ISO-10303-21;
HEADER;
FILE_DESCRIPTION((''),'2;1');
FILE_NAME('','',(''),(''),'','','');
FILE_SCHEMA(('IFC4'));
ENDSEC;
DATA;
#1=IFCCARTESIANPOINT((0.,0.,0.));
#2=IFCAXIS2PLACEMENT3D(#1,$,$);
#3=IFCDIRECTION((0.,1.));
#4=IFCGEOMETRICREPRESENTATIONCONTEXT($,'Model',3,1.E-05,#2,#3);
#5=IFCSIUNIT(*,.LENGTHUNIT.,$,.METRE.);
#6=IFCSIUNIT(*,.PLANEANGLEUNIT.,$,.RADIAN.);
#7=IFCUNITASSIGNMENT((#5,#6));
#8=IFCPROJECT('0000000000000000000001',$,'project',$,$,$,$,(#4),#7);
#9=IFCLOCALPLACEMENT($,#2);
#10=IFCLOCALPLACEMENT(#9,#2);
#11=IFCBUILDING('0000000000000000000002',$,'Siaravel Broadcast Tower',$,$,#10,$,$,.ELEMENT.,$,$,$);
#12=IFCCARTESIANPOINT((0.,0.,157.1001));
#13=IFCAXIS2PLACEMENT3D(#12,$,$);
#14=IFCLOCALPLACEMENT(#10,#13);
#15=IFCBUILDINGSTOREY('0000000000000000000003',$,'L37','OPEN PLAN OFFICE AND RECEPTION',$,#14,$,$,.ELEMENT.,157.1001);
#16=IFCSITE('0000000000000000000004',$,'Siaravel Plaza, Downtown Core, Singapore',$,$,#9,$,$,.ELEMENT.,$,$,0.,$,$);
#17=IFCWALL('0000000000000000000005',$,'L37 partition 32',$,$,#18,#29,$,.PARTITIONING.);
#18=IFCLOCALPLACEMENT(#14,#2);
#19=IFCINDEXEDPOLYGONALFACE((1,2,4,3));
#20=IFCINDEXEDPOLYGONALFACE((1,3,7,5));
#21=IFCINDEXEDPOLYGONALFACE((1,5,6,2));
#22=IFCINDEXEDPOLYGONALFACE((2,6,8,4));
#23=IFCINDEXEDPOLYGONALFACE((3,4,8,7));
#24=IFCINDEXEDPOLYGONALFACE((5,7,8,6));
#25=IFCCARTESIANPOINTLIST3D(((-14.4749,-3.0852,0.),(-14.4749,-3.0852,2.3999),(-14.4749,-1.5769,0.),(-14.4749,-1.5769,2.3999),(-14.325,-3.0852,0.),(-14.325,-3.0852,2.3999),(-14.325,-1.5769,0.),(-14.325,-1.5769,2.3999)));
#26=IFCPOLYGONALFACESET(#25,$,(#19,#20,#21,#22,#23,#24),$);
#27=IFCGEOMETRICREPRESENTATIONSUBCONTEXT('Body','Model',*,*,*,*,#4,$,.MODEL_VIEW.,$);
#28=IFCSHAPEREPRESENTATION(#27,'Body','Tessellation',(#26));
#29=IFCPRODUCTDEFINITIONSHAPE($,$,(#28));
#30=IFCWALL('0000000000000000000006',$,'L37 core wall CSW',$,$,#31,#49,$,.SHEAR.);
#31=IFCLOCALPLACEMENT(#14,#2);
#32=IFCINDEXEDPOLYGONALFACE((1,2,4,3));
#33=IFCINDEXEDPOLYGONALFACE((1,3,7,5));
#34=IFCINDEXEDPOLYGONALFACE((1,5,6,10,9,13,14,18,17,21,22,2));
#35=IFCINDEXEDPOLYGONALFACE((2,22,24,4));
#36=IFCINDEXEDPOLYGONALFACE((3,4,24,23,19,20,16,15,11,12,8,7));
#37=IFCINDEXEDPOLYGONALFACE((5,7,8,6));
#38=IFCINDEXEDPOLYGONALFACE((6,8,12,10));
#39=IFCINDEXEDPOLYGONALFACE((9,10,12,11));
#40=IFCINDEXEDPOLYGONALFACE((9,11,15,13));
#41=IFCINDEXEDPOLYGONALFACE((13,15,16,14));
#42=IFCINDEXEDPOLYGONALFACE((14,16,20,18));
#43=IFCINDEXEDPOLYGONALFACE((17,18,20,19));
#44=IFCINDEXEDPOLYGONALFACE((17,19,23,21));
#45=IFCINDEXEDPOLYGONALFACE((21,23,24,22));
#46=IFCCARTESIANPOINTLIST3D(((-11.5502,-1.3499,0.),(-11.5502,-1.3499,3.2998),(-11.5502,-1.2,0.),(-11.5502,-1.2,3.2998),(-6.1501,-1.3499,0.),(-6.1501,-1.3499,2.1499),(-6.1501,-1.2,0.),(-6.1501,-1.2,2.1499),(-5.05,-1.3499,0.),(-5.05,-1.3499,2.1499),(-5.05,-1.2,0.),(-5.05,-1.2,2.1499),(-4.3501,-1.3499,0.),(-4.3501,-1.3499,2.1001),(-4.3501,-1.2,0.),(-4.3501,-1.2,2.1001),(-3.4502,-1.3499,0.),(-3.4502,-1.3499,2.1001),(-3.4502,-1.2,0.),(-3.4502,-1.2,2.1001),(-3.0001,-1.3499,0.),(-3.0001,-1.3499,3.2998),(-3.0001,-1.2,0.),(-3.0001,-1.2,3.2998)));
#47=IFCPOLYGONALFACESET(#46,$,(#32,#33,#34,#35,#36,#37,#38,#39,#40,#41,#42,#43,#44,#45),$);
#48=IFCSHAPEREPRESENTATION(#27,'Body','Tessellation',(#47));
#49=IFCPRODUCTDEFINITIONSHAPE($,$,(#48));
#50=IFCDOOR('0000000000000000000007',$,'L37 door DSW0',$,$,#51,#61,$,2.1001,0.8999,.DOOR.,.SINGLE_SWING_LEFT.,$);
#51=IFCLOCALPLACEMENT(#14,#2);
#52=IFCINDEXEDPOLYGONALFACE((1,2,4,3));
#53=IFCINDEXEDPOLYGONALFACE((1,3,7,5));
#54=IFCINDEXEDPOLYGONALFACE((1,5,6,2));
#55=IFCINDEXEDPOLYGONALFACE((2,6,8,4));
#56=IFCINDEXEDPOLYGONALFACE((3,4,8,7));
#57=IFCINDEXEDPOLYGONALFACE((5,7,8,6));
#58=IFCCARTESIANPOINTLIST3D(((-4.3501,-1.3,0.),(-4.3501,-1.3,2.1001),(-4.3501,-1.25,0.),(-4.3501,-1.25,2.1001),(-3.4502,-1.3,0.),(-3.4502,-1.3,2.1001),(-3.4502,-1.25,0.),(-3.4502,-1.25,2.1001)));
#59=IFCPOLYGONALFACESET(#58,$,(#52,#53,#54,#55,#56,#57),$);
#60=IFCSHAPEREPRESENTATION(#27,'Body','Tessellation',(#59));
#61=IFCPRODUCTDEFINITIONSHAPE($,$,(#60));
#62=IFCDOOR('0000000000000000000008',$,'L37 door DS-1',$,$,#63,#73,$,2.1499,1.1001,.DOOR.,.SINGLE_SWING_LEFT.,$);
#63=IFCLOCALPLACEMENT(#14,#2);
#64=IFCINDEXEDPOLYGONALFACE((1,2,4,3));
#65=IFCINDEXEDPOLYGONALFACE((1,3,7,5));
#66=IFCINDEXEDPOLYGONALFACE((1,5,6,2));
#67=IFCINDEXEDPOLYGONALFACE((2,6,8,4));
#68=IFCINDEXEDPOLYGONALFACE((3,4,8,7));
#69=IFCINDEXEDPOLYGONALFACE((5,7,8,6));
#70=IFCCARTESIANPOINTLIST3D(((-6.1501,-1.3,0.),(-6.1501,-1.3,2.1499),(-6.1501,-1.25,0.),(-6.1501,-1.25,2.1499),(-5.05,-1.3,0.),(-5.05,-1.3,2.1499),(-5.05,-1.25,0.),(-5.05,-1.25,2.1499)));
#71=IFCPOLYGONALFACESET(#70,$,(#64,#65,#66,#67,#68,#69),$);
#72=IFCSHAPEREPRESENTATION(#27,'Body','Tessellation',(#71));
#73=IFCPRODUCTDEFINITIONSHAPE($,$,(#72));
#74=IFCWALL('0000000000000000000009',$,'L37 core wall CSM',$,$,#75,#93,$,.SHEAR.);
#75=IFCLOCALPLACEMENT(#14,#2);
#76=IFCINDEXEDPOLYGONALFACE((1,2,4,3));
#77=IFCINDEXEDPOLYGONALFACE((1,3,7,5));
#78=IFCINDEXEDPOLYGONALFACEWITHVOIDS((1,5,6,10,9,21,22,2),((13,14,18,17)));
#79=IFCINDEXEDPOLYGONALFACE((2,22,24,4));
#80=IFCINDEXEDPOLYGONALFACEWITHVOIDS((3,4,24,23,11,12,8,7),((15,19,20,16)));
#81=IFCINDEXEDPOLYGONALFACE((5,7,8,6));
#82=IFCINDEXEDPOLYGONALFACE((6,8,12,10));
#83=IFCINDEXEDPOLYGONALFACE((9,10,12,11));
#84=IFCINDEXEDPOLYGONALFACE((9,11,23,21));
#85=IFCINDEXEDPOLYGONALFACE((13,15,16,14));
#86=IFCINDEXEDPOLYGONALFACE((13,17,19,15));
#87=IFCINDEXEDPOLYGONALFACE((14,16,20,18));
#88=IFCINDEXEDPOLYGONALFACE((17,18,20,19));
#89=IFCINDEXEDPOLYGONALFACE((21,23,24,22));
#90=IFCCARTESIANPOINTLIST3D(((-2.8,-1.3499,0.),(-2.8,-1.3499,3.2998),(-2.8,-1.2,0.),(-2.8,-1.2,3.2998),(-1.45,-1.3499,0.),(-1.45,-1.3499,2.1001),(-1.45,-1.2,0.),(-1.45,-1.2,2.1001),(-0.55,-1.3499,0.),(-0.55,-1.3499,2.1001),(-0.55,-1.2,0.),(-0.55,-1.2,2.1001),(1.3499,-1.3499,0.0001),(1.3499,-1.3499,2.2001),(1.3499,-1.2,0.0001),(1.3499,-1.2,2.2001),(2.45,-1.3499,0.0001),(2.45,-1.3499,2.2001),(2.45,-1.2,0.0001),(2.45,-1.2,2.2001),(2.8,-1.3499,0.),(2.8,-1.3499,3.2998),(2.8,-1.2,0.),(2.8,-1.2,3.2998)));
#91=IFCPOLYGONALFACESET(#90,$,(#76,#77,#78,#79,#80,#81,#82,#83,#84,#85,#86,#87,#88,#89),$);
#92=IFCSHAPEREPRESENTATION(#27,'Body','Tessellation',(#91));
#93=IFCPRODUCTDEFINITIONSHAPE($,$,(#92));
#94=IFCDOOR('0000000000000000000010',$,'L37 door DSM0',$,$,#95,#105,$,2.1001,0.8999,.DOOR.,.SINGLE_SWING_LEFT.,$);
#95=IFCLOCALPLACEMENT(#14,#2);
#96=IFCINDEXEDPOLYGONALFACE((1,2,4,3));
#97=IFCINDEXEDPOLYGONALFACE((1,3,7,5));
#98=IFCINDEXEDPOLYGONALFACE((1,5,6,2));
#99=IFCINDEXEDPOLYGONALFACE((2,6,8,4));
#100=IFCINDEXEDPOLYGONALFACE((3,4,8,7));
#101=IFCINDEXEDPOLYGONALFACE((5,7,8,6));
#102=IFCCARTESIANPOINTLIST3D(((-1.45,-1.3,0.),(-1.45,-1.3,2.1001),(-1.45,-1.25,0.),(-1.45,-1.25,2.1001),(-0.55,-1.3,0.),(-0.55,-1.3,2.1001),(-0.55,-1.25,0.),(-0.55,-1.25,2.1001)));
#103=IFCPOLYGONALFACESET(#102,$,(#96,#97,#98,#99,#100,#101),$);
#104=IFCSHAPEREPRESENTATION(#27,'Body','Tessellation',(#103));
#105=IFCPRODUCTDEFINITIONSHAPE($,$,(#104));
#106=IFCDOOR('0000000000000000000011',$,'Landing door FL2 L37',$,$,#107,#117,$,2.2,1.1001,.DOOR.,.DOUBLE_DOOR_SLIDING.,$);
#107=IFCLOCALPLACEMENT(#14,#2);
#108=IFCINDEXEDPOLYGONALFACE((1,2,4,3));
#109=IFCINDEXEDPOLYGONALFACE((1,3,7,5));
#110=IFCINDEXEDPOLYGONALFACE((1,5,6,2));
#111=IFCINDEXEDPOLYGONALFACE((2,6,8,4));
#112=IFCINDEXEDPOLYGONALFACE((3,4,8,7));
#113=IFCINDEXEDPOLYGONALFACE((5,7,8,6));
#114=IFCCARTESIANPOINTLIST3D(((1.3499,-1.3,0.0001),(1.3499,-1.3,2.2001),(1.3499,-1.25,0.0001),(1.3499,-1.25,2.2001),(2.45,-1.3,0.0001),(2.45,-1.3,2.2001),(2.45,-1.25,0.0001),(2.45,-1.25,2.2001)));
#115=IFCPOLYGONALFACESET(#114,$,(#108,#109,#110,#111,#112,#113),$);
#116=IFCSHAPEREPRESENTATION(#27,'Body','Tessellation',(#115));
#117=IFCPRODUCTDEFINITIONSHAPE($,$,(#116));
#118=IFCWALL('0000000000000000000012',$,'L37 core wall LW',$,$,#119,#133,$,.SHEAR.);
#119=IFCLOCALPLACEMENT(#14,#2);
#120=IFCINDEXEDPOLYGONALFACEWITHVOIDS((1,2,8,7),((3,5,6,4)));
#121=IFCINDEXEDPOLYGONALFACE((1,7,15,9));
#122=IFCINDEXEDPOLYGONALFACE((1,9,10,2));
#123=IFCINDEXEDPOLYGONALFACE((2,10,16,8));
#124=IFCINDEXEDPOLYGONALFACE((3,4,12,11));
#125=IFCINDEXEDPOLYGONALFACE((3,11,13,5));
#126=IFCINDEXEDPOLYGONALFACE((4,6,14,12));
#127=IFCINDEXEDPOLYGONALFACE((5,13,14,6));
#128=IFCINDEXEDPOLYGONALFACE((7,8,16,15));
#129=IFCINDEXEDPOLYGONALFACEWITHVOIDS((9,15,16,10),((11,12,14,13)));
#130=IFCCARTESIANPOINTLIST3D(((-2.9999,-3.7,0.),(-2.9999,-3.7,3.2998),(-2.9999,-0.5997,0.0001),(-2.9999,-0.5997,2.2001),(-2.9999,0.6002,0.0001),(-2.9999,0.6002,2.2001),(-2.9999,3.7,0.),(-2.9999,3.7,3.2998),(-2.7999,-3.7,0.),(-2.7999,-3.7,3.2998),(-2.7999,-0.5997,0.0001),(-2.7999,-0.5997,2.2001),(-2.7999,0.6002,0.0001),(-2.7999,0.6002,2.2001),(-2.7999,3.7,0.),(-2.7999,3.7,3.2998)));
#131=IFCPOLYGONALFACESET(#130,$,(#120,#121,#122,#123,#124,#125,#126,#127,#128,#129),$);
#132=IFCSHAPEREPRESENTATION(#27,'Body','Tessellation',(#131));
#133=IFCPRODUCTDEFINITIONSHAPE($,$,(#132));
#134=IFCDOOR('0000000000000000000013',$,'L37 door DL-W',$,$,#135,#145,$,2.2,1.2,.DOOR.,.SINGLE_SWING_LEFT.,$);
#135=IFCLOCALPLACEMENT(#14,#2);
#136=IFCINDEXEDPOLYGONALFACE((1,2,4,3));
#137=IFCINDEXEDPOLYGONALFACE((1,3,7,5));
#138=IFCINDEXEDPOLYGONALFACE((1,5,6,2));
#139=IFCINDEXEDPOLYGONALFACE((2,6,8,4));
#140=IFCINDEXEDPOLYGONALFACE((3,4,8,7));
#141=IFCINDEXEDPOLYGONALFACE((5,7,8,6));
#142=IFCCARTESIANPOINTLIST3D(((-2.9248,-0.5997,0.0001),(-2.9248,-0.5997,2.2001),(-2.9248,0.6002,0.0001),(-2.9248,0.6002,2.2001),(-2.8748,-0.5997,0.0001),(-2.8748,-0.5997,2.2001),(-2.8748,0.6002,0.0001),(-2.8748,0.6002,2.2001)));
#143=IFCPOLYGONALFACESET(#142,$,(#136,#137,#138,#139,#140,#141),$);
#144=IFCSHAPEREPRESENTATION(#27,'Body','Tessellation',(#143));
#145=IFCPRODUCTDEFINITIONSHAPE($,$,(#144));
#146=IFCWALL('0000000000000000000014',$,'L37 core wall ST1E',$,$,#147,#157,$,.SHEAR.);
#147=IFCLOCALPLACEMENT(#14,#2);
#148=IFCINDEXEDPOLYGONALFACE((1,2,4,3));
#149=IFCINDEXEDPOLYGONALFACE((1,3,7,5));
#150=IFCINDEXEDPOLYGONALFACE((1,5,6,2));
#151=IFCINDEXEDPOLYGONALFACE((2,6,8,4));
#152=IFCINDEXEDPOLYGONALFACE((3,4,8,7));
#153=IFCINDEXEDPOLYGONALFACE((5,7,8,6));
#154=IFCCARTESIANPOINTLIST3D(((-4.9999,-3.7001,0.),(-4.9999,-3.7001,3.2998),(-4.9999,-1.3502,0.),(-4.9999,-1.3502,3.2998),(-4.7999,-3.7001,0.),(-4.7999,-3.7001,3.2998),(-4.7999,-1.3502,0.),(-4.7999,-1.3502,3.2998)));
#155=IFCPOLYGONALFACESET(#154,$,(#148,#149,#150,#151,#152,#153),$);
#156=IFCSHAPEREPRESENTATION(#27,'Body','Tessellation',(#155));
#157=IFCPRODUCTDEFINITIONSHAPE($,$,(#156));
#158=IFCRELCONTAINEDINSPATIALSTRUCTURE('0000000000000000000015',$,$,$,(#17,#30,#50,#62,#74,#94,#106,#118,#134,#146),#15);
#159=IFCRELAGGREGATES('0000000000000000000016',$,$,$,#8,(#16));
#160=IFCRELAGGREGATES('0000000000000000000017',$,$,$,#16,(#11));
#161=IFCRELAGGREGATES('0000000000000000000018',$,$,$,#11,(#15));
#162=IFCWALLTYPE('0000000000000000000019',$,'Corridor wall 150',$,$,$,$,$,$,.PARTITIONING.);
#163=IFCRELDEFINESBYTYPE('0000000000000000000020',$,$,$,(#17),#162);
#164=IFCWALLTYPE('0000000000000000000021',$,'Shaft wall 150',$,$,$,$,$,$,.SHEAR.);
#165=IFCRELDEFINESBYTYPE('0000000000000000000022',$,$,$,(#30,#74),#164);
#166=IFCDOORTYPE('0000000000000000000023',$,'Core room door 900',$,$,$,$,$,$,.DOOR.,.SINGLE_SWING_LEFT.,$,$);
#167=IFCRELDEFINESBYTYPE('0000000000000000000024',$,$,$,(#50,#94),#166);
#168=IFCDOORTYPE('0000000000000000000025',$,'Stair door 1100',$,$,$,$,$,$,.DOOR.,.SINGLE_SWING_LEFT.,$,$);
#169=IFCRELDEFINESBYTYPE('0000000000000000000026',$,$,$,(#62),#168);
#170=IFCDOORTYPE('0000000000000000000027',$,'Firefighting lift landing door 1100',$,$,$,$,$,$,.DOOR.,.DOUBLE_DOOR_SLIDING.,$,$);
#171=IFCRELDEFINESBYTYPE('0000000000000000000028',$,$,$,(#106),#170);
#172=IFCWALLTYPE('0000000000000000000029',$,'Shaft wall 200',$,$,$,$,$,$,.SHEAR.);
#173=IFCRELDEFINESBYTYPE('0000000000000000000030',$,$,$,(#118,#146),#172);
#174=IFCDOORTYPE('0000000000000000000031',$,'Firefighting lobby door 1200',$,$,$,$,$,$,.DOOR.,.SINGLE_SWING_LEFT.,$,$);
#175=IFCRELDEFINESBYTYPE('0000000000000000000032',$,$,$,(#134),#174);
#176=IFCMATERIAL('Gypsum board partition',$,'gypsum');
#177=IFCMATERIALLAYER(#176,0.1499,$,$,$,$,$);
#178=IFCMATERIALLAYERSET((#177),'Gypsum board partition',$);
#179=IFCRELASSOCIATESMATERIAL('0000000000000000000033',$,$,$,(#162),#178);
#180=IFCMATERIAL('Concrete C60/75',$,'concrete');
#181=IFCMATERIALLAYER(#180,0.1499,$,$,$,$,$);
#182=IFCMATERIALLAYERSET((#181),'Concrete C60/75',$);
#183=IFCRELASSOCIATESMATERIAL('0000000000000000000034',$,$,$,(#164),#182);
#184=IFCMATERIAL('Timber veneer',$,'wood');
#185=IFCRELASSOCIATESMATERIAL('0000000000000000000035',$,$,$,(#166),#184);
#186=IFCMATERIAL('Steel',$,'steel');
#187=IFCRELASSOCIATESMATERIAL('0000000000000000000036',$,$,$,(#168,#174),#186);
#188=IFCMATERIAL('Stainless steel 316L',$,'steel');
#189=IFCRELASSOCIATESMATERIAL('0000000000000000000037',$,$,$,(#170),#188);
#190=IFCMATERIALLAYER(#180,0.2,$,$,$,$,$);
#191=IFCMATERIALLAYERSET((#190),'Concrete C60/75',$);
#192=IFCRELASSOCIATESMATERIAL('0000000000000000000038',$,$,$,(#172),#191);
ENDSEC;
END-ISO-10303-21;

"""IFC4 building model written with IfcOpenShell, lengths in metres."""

from ifc_helpers import new_model, si_unit, direction, frame, frame_2d, origin, place, context, subcontext, project, spatial, rectangle, extrude, material, layer, layer_set, type_object, element, fill, save


model = new_model("IFC4")

# Units and contexts
model_context = context("Model", 3, precision=1e-05, world=origin(), true_north=direction((0.0, 1.0)))
body_context = subcontext(model_context, "Body", "Model", "MODEL_VIEW")
ifc_project = project(units=[si_unit("LENGTHUNIT", "METRE"), si_unit("PLANEANGLEUNIT", "RADIAN")], contexts=[model_context])

# Site, building, storey
site_placement = place(None, origin())
site = spatial("IfcSite", under=ifc_project, at=site_placement, Name="Siaravel Plaza, Downtown Core, Singapore", CompositionType="ELEMENT", RefElevation=0.0)
building_placement = place(site_placement, origin())
building = spatial("IfcBuilding", under=site, at=building_placement, Name="Siaravel Broadcast Tower", CompositionType="ELEMENT")
storey_placement = place(building_placement, frame((0.0, 0.0, 157.1001)))
storey = spatial("IfcBuildingStorey", under=building, at=storey_placement, Name="L37", Description="OPEN PLAN OFFICE AND RECEPTION", CompositionType="ELEMENT", Elevation=157.1001)

# Wall
ifc_material_1 = material(Name="Gypsum board partition", Category="gypsum")
ifc_layer_1 = layer(ifc_material_1, 0.1499)
ifc_layer_set_1 = layer_set([ifc_layer_1], Name="Gypsum board partition")
wall_type_1 = type_object("IfcWallType", Name="Corridor wall 150", PredefinedType="PARTITIONING", material=ifc_layer_set_1)
wall_1_placement = place(storey_placement, frame((-14.3999, -1.5769, 0.0), z_axis=(0.0, 0.0, 1.0), x_axis=(0.0, -1.0, 0.0)))
element("IfcWall", 1, at=wall_1_placement, inside=storey, type_object=wall_type_1, Name="L37 partition 32", PredefinedType="PARTITIONING", context=body_context, shape_type="SweptSolid", body=[
    extrude(rectangle(XDim=1.5083, YDim=0.1499, at=frame_2d((0.7542, 0.0))), origin(), (0.0, 0.0, 1.0), 2.3999),
])

# Walls, openings, doors
ifc_material_2 = material(Name="Concrete C60/75", Category="concrete")
ifc_layer_2 = layer(ifc_material_2, 0.1499)
ifc_layer_set_2 = layer_set([ifc_layer_2], Name="Concrete C60/75")
wall_type_2 = type_object("IfcWallType", Name="Shaft wall 150", PredefinedType="SHEAR", material=ifc_layer_set_2)
wall_2_placement = place(storey_placement, frame((-11.55, -1.2749, 0.0), z_axis=(0.0, 0.0, 1.0), x_axis=(1.0, 0.0, 0.0)))
wall_2 = element("IfcWall", 2, at=wall_2_placement, inside=storey, type_object=wall_type_2, Name="L37 core wall CSW", PredefinedType="SHEAR", context=body_context, shape_type="SweptSolid", body=[
    extrude(rectangle(XDim=8.55, YDim=0.1499, at=frame_2d((4.2749, 0.0))), origin(), (0.0, 0.0, 1.0), 3.2998),
])
opening_1_placement = place(wall_2_placement, frame((5.3999, 0.0, 0.0)))
opening_1 = element("IfcOpeningElement", 3, at=opening_1_placement, cuts=wall_2, PredefinedType="OPENING", context=body_context, shape_type="SweptSolid", body=[
    extrude(rectangle(XDim=1.1001, YDim=2.1499, at=frame_2d((0.55, 1.075))), frame((0.0, 0.085, 0.0), z_axis=(0.0, -1.0, 0.0), x_axis=(1.0, 0.0, 0.0)), (0.0, 0.0, 1.0), 0.1699),
])
opening_2_placement = place(wall_2_placement, frame((7.2, 0.0, 0.0)))
opening_2 = element("IfcOpeningElement", 4, at=opening_2_placement, cuts=wall_2, PredefinedType="OPENING", context=body_context, shape_type="SweptSolid", body=[
    extrude(rectangle(XDim=0.8999, YDim=2.1001, at=frame_2d((0.45, 1.05))), frame((0.0, 0.085, 0.0), z_axis=(0.0, -1.0, 0.0), x_axis=(1.0, 0.0, 0.0)), (0.0, 0.0, 1.0), 0.1699),
])
ifc_material_3 = material(Name="Timber veneer", Category="wood")
door_type_1 = type_object("IfcDoorType", Name="Core room door 900", OperationType="SINGLE_SWING_LEFT", PredefinedType="DOOR", material=ifc_material_3)
door_1_placement = place(opening_2_placement, origin())
door_1 = element("IfcDoor", 5, at=door_1_placement, inside=storey, type_object=door_type_1, Name="L37 door DSW0", OperationType="SINGLE_SWING_LEFT", OverallHeight=2.1001, OverallWidth=0.8999, PredefinedType="DOOR", context=body_context, shape_type="SweptSolid", body=[
    extrude(rectangle(XDim=0.8999, YDim=2.1001, at=frame_2d((0.45, 1.05))), frame((0.0, 0.0249, 0.0), z_axis=(0.0, -1.0, 0.0), x_axis=(1.0, 0.0, 0.0)), (0.0, 0.0, 1.0), 0.05),
])
fill(opening_2, door_1)
ifc_material_4 = material(Name="Steel", Category="steel")
door_type_2 = type_object("IfcDoorType", Name="Stair door 1100", OperationType="SINGLE_SWING_LEFT", PredefinedType="DOOR", material=ifc_material_4)
door_2_placement = place(opening_1_placement, origin())
door_2 = element("IfcDoor", 6, at=door_2_placement, inside=storey, type_object=door_type_2, Name="L37 door DS-1", OperationType="SINGLE_SWING_LEFT", OverallHeight=2.1499, OverallWidth=1.1001, PredefinedType="DOOR", context=body_context, shape_type="SweptSolid", body=[
    extrude(rectangle(XDim=1.1001, YDim=2.1499, at=frame_2d((0.55, 1.075))), frame((0.0, 0.0249, 0.0), z_axis=(0.0, -1.0, 0.0), x_axis=(1.0, 0.0, 0.0)), (0.0, 0.0, 1.0), 0.05),
])
fill(opening_1, door_2)
wall_3_placement = place(storey_placement, frame((-2.8, -1.2749, 0.0), z_axis=(0.0, 0.0, 1.0), x_axis=(1.0, 0.0, 0.0)))
wall_3 = element("IfcWall", 7, at=wall_3_placement, inside=storey, type_object=wall_type_2, Name="L37 core wall CSM", PredefinedType="SHEAR", context=body_context, shape_type="SweptSolid", body=[
    extrude(rectangle(XDim=5.6001, YDim=0.1499, at=frame_2d((2.8, 0.0))), origin(), (0.0, 0.0, 1.0), 3.2998),
])
opening_3_placement = place(wall_3_placement, frame((4.1499, 0.0, 0.0)))
opening_3 = element("IfcOpeningElement", 8, at=opening_3_placement, cuts=wall_3, PredefinedType="OPENING", context=body_context, shape_type="SweptSolid", body=[
    extrude(rectangle(XDim=1.1001, YDim=2.2, at=frame_2d((0.55, 1.1001))), frame((0.0, 0.085, 0.0), z_axis=(0.0, -1.0, 0.0), x_axis=(1.0, 0.0, 0.0)), (0.0, 0.0, 1.0), 0.1699),
])
opening_4_placement = place(wall_3_placement, frame((1.3501, 0.0, 0.0)))
opening_4 = element("IfcOpeningElement", 9, at=opening_4_placement, cuts=wall_3, PredefinedType="OPENING", context=body_context, shape_type="SweptSolid", body=[
    extrude(rectangle(XDim=0.8999, YDim=2.1001, at=frame_2d((0.45, 1.05))), frame((0.0, 0.085, 0.0), z_axis=(0.0, -1.0, 0.0), x_axis=(1.0, 0.0, 0.0)), (0.0, 0.0, 1.0), 0.1699),
])
door_3_placement = place(opening_4_placement, origin())
door_3 = element("IfcDoor", 10, at=door_3_placement, inside=storey, type_object=door_type_1, Name="L37 door DSM0", OperationType="SINGLE_SWING_LEFT", OverallHeight=2.1001, OverallWidth=0.8999, PredefinedType="DOOR", context=body_context, shape_type="SweptSolid", body=[
    extrude(rectangle(XDim=0.8999, YDim=2.1001, at=frame_2d((0.45, 1.05))), frame((0.0, 0.0249, 0.0), z_axis=(0.0, -1.0, 0.0), x_axis=(1.0, 0.0, 0.0)), (0.0, 0.0, 1.0), 0.05),
])
fill(opening_4, door_3)
ifc_material_5 = material(Name="Stainless steel 316L", Category="steel")
door_type_3 = type_object("IfcDoorType", Name="Firefighting lift landing door 1100", OperationType="DOUBLE_DOOR_SLIDING", PredefinedType="DOOR", material=ifc_material_5)
door_4_placement = place(opening_3_placement, origin())
door_4 = element("IfcDoor", 11, at=door_4_placement, inside=storey, type_object=door_type_3, Name="Landing door FL2 L37", OperationType="DOUBLE_DOOR_SLIDING", OverallHeight=2.2, OverallWidth=1.1001, PredefinedType="DOOR", context=body_context, shape_type="SweptSolid", body=[
    extrude(rectangle(XDim=1.1001, YDim=2.2, at=frame_2d((0.55, 1.1001))), frame((0.0, 0.0249, 0.0), z_axis=(0.0, -1.0, 0.0), x_axis=(1.0, 0.0, 0.0)), (0.0, 0.0, 1.0), 0.05),
])
fill(opening_3, door_4)

# Wall, opening, door
ifc_layer_3 = layer(ifc_material_2, 0.2)
ifc_layer_set_3 = layer_set([ifc_layer_3], Name="Concrete C60/75")
wall_type_3 = type_object("IfcWallType", Name="Shaft wall 200", PredefinedType="SHEAR", material=ifc_layer_set_3)
wall_4_placement = place(storey_placement, frame((-2.8999, -3.7, 0.0), z_axis=(0.0, 0.0, 1.0), x_axis=(0.0, 1.0, 0.0)))
wall_4 = element("IfcWall", 12, at=wall_4_placement, inside=storey, type_object=wall_type_3, Name="L37 core wall LW", PredefinedType="SHEAR", context=body_context, shape_type="SweptSolid", body=[
    extrude(rectangle(XDim=7.3999, YDim=0.2, at=frame_2d((3.7, 0.0))), origin(), (0.0, 0.0, 1.0), 3.2998),
])
opening_5_placement = place(wall_4_placement, frame((3.1001, 0.0, 0.0)))
opening_5 = element("IfcOpeningElement", 13, at=opening_5_placement, cuts=wall_4, PredefinedType="OPENING", context=body_context, shape_type="SweptSolid", body=[
    extrude(rectangle(XDim=1.2, YDim=2.2, at=frame_2d((0.6001, 1.1001))), frame((0.0, 0.1099, 0.0), z_axis=(0.0, -1.0, 0.0), x_axis=(1.0, 0.0, 0.0)), (0.0, 0.0, 1.0), 0.22),
])
door_type_4 = type_object("IfcDoorType", Name="Firefighting lobby door 1200", OperationType="SINGLE_SWING_LEFT", PredefinedType="DOOR", material=ifc_material_4)
door_5_placement = place(opening_5_placement, origin())
door_5 = element("IfcDoor", 14, at=door_5_placement, inside=storey, type_object=door_type_4, Name="L37 door DL-W", OperationType="SINGLE_SWING_LEFT", OverallHeight=2.2, OverallWidth=1.2, PredefinedType="DOOR", context=body_context, shape_type="SweptSolid", body=[
    extrude(rectangle(XDim=1.2, YDim=2.2, at=frame_2d((0.6001, 1.1001))), frame((0.0, 0.0249, 0.0), z_axis=(0.0, -1.0, 0.0), x_axis=(1.0, 0.0, 0.0)), (0.0, 0.0, 1.0), 0.05),
])
fill(opening_5, door_5)

# Wall
wall_5_placement = place(storey_placement, frame((-4.8999, -3.7, 0.0), z_axis=(0.0, 0.0, 1.0), x_axis=(0.0, 1.0, 0.0)))
element("IfcWall", 15, at=wall_5_placement, inside=storey, type_object=wall_type_3, Name="L37 core wall ST1E", PredefinedType="SHEAR", context=body_context, shape_type="SweptSolid", body=[
    extrude(rectangle(XDim=2.3499, YDim=0.2, at=frame_2d((1.1748, 0.0))), origin(), (0.0, 0.0, 1.0), 3.2998),
])

save(model, "model.ifc")
